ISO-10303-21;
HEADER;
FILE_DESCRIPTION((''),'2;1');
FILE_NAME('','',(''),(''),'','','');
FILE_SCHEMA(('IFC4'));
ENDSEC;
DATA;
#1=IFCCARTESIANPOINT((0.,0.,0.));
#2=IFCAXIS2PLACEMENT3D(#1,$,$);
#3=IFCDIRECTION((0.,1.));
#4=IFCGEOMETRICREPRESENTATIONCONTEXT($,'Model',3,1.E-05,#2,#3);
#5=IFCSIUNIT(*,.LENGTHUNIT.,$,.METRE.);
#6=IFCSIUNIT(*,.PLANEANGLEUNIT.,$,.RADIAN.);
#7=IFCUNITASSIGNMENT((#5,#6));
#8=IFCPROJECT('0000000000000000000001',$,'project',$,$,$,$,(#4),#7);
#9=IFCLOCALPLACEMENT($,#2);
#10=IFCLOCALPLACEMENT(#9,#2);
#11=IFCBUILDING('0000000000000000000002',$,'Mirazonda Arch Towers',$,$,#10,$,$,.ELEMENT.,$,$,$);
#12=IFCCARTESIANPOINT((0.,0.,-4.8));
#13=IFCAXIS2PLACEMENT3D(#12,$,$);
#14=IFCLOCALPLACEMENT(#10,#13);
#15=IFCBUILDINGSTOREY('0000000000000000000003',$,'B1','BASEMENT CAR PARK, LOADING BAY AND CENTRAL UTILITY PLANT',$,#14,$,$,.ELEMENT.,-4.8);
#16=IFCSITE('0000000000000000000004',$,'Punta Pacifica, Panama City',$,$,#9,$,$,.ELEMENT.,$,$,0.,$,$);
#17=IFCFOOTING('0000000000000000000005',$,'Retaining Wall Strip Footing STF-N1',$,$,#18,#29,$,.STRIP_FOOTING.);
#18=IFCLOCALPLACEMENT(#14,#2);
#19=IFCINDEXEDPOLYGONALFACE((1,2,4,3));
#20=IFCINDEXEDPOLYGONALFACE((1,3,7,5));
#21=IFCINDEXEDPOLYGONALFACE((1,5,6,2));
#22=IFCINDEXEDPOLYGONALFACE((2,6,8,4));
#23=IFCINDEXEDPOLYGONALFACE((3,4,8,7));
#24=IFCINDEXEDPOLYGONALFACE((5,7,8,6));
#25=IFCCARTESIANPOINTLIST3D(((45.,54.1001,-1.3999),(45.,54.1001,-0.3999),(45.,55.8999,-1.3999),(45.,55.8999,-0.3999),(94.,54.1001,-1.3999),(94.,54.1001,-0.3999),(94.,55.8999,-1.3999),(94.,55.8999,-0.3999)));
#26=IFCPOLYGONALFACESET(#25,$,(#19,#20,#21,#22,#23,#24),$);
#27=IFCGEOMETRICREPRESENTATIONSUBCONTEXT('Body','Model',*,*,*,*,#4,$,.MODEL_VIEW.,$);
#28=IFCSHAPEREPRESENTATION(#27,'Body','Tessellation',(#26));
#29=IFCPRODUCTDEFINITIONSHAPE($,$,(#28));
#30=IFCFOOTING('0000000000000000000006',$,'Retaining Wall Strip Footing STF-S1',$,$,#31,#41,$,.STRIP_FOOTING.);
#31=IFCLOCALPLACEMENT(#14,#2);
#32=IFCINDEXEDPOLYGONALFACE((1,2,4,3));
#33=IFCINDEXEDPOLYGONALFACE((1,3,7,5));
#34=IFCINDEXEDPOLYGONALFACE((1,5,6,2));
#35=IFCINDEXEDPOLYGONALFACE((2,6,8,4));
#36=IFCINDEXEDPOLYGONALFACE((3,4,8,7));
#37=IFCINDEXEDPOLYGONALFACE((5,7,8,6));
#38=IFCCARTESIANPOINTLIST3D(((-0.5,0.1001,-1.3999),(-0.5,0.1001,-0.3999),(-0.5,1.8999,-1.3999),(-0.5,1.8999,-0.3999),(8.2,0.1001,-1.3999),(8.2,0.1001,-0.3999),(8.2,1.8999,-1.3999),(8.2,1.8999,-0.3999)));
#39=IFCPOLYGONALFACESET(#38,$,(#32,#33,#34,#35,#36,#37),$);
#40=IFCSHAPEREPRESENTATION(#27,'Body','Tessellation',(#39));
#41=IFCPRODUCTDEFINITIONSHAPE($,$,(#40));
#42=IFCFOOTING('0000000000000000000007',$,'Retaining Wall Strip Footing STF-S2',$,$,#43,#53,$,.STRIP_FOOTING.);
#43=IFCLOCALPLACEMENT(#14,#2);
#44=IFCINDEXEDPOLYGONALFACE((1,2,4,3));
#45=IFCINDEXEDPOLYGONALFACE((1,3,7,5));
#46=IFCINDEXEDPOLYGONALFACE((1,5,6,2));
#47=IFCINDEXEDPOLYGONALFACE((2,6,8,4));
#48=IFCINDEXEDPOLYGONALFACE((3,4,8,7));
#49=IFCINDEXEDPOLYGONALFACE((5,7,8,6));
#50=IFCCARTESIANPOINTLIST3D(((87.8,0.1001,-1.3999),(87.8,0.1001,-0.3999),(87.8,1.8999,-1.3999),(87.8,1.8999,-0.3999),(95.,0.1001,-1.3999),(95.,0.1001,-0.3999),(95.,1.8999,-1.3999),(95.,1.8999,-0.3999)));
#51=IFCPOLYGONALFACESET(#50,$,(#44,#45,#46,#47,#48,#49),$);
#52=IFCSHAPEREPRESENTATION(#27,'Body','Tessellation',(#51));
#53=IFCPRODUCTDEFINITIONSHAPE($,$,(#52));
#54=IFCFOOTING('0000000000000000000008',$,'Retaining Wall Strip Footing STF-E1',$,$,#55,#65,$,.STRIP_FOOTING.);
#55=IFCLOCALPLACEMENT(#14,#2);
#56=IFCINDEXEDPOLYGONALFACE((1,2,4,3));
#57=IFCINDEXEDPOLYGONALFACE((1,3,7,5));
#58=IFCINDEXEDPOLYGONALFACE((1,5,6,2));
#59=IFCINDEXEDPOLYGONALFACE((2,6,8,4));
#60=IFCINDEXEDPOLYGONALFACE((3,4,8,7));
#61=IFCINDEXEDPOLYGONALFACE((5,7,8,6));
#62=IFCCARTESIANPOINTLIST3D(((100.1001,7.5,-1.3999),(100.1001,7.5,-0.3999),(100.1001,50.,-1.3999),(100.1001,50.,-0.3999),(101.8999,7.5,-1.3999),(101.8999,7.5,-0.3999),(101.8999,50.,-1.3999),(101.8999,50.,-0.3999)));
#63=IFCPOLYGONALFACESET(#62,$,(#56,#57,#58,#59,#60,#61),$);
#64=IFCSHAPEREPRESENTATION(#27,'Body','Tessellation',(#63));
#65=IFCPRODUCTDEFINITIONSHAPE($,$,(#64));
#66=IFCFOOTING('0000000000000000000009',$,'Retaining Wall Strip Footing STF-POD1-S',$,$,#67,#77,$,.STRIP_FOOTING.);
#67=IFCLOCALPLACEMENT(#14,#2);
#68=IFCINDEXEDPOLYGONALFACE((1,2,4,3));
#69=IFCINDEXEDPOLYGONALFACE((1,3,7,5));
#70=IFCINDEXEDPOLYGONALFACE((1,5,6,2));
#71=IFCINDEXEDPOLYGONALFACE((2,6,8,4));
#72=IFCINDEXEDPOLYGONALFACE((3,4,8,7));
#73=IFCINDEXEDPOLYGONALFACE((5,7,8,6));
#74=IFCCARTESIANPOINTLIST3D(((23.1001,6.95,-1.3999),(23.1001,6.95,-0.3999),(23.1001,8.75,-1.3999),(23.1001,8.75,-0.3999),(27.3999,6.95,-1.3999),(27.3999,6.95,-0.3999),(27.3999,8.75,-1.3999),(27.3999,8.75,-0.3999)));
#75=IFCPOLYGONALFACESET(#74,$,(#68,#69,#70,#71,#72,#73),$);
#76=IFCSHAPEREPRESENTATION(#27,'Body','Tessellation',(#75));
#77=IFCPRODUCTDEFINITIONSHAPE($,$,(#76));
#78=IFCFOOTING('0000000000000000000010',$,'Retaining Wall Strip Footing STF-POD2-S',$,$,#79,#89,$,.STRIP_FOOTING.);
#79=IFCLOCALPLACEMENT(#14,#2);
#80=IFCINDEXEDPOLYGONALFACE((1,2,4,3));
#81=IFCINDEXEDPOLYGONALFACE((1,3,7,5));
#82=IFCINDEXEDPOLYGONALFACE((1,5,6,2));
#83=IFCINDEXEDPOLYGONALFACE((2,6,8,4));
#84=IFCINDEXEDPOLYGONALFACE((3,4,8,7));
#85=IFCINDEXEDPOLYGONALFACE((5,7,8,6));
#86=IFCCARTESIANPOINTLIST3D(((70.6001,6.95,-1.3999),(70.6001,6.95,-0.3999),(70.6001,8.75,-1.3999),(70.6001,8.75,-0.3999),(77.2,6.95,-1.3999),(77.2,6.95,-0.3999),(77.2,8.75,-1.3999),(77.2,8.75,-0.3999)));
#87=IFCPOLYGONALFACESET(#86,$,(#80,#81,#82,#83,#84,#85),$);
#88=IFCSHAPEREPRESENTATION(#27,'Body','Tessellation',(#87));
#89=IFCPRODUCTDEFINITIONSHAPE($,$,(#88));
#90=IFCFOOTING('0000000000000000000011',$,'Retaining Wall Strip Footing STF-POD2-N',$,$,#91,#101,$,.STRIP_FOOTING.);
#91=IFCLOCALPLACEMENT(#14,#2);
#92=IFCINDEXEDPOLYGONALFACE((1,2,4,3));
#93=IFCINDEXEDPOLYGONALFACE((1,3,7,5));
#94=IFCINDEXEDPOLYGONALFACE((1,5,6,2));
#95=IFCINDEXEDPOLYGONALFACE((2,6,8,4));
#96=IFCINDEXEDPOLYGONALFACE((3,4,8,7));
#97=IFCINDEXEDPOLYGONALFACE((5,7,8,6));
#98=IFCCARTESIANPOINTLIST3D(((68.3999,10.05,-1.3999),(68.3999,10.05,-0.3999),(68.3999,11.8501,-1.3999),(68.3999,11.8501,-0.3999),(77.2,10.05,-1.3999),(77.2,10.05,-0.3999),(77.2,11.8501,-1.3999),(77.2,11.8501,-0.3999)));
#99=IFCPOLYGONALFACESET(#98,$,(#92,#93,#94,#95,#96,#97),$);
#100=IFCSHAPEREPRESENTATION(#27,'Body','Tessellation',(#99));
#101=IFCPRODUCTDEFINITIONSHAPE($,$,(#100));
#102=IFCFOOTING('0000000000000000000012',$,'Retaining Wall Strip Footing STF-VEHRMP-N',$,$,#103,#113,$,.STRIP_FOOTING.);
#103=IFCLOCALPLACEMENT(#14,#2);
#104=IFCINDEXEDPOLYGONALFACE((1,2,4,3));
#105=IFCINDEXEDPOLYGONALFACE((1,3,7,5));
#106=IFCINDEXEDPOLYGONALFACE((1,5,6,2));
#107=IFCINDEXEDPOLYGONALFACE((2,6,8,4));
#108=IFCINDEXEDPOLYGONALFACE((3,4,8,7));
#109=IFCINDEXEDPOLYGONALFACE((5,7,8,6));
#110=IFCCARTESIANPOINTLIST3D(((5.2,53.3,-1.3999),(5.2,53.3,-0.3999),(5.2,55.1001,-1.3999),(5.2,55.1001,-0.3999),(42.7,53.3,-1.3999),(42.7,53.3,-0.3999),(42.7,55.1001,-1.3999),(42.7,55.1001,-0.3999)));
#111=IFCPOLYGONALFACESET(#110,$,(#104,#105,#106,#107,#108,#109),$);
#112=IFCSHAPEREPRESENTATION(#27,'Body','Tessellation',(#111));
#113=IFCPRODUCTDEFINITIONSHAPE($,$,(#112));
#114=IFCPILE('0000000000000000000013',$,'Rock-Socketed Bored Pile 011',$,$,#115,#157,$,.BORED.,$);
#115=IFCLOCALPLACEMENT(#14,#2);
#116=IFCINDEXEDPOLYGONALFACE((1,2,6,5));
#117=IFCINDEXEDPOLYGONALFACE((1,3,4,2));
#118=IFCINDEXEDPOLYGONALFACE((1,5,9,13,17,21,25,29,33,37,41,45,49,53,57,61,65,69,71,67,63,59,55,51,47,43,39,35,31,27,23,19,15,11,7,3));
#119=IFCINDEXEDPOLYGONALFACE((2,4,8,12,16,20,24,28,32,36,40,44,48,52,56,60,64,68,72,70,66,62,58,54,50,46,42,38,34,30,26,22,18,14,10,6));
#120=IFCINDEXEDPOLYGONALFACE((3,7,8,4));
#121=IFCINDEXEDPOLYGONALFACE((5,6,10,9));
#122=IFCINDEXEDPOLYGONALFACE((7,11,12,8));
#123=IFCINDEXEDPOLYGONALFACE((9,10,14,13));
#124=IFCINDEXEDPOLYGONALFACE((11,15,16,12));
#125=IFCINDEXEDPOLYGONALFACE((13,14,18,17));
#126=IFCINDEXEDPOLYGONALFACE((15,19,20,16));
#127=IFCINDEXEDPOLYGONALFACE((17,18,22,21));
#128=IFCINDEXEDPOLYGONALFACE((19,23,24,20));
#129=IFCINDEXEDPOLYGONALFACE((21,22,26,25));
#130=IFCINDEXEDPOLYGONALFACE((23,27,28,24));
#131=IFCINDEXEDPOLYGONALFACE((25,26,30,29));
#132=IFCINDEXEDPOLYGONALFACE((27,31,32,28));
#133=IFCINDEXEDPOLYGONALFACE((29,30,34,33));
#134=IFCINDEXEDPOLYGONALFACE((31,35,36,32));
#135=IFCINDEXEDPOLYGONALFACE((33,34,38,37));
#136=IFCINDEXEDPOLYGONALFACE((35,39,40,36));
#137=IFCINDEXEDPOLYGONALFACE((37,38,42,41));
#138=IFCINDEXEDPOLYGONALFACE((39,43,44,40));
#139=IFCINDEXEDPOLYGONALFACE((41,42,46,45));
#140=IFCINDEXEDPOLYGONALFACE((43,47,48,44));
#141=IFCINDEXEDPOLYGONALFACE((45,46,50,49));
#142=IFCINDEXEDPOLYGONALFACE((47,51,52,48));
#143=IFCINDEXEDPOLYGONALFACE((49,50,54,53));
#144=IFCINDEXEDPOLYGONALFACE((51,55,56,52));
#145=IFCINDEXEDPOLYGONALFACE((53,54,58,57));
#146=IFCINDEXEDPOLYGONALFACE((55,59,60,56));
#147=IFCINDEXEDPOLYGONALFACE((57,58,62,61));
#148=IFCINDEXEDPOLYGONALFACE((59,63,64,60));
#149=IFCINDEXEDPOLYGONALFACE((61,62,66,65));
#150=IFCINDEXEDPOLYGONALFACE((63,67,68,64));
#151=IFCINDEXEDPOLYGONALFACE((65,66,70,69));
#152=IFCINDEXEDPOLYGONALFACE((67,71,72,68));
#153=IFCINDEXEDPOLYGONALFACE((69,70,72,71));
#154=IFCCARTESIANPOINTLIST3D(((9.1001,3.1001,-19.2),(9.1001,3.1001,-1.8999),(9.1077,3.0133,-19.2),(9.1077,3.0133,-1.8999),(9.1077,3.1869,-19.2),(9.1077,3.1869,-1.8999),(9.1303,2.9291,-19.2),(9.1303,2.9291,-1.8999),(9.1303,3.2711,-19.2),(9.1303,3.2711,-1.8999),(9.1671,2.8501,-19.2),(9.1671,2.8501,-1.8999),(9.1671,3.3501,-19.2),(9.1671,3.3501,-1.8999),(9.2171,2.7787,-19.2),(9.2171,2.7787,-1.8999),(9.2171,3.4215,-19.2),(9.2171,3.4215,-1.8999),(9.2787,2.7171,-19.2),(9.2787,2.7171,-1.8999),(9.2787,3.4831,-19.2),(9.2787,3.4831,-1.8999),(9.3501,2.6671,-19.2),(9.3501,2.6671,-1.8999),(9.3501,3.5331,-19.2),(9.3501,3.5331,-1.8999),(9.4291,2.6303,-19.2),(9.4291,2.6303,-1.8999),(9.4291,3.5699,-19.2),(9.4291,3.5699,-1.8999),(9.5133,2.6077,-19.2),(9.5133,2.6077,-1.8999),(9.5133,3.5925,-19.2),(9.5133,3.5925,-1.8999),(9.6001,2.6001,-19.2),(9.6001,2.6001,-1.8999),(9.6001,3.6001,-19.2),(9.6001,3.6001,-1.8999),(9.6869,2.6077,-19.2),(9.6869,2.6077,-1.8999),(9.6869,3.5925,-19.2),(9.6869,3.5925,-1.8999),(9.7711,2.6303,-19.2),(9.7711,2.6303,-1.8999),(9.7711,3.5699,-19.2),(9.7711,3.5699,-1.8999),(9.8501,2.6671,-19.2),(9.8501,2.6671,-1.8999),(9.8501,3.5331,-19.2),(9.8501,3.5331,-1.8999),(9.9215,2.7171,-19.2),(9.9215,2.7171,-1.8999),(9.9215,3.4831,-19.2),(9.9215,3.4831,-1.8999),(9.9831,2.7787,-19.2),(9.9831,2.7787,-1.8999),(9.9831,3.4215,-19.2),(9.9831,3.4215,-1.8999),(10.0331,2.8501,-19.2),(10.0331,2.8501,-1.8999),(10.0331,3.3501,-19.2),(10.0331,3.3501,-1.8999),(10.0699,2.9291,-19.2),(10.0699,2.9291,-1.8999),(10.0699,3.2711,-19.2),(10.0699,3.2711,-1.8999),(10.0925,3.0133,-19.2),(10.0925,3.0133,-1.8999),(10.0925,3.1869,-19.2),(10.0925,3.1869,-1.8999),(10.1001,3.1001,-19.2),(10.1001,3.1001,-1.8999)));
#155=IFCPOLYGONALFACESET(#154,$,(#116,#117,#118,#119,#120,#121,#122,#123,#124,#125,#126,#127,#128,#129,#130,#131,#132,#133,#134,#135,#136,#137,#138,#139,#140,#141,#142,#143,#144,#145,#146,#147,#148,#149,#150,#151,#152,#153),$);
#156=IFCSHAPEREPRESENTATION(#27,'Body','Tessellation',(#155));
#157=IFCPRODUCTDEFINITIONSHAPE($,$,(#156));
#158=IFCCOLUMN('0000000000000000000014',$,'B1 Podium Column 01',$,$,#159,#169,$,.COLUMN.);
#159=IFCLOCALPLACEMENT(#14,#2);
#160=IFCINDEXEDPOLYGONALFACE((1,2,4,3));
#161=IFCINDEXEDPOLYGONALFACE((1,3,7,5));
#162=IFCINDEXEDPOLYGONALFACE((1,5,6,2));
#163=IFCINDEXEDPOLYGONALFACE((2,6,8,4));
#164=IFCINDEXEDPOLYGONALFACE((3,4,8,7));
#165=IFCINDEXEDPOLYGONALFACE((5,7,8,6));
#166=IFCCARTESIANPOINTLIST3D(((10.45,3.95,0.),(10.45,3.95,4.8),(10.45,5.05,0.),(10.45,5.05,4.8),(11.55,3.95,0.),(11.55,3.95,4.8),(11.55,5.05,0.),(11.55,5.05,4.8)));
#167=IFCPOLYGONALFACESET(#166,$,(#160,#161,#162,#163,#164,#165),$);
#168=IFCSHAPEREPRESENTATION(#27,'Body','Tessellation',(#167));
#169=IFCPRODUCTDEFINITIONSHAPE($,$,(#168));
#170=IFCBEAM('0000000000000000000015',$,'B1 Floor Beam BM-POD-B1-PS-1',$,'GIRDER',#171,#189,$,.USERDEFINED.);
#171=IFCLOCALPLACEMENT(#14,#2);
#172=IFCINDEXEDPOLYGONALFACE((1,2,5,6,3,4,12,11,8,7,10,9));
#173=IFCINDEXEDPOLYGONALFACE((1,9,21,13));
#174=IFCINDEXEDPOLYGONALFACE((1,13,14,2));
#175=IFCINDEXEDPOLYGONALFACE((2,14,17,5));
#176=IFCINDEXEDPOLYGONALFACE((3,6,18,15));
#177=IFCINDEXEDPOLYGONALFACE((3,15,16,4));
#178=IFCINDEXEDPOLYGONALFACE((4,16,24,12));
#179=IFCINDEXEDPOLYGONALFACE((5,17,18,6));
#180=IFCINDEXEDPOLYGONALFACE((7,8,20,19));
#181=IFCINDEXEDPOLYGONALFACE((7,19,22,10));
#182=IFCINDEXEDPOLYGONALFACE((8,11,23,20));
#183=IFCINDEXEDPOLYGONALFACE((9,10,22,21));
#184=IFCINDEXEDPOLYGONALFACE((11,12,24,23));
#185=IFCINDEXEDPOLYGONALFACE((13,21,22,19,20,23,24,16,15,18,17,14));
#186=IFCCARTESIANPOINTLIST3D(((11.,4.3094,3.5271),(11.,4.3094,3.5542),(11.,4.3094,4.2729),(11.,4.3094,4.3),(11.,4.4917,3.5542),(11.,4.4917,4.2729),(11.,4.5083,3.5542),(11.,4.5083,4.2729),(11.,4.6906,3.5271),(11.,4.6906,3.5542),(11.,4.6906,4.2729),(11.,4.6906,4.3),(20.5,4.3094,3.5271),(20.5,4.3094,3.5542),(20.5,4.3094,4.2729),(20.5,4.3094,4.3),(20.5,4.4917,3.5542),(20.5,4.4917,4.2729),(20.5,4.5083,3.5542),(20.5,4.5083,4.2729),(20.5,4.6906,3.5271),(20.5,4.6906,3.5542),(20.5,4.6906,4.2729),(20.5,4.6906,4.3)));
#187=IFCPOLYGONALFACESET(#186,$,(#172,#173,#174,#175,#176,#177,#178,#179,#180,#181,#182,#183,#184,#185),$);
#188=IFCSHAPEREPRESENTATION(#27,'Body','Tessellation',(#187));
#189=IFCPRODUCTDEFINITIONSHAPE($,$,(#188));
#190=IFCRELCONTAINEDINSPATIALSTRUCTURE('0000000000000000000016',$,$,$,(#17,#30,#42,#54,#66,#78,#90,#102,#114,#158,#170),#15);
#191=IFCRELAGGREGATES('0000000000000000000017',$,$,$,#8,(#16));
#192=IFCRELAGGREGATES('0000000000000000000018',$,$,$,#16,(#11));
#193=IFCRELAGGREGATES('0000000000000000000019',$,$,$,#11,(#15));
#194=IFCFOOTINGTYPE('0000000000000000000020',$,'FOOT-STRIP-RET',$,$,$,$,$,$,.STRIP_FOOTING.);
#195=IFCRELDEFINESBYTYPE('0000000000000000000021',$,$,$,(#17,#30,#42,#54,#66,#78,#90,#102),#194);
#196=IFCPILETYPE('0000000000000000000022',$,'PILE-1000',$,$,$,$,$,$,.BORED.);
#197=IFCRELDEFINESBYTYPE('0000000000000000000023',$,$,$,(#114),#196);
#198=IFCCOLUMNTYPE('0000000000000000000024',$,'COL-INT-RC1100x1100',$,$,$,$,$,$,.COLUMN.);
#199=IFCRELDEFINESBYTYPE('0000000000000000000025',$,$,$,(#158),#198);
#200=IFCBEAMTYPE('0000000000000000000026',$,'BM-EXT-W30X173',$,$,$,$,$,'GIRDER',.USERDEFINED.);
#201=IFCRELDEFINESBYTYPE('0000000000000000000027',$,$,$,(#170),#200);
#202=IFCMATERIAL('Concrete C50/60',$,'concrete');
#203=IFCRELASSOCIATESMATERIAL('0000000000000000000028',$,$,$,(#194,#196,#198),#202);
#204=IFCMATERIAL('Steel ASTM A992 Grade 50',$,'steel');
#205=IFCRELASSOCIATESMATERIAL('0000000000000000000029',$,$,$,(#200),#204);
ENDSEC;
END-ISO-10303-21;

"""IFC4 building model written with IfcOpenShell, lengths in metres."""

from ifc_helpers import new_model, si_unit, direction, frame, origin, origin_2d, place, context, subcontext, project, spatial, polyline, rectangle, circle, i_section, outline, extrude, material, material_profile, profile_set, type_object, element, save


model = new_model("IFC4")

# Units and contexts
model_context = context("Model", 3, precision=1e-05, world=origin(), true_north=direction((0.0, 1.0)))
body_context = subcontext(model_context, "Body", "Model", "MODEL_VIEW")
ifc_project = project(units=[si_unit("LENGTHUNIT", "METRE"), si_unit("PLANEANGLEUNIT", "RADIAN")], contexts=[model_context])

# Site, building, storey
site_placement = place(None, origin())
site = spatial("IfcSite", under=ifc_project, at=site_placement, Name="Punta Pacifica, Panama City", CompositionType="ELEMENT", RefElevation=0.0)
building_placement = place(site_placement, origin())
building = spatial("IfcBuilding", under=site, at=building_placement, Name="Mirazonda Arch Towers", CompositionType="ELEMENT")
storey_placement = place(building_placement, frame((0.0, 0.0, -4.8)))
storey = spatial("IfcBuildingStorey", under=building, at=storey_placement, Name="B1", Description="BASEMENT CAR PARK, LOADING BAY AND CENTRAL UTILITY PLANT", CompositionType="ELEMENT", Elevation=-4.8)

# Footings
ifc_material_1 = material(Name="Concrete C50/60", Category="concrete")
footing_type = type_object("IfcFootingType", Name="FOOT-STRIP-RET", PredefinedType="STRIP_FOOTING", material=ifc_material_1)
footing_1_placement = place(storey_placement, frame((0.0, 0.0, -1.3999)))
element("IfcFooting", 1, at=footing_1_placement, inside=storey, type_object=footing_type, Name="Retaining Wall Strip Footing STF-N1", PredefinedType="STRIP_FOOTING", context=body_context, shape_type="SweptSolid", body=[
    extrude(outline(polyline([(45.0, 54.1001), (94.0, 54.1001), (94.0, 55.8999), (45.0, 55.8999), (45.0, 54.1001)])), origin(), (0.0, 0.0, 1.0), 1.0),
])
footing_2_placement = place(storey_placement, frame((0.0, 0.0, -1.3999)))
element("IfcFooting", 2, at=footing_2_placement, inside=storey, type_object=footing_type, Name="Retaining Wall Strip Footing STF-S1", PredefinedType="STRIP_FOOTING", context=body_context, shape_type="SweptSolid", body=[
    extrude(outline(polyline([(-0.5, 0.1001), (8.2, 0.1001), (8.2, 1.8999), (-0.5, 1.8999), (-0.5, 0.1001)])), origin(), (0.0, 0.0, 1.0), 1.0),
])
footing_3_placement = place(storey_placement, frame((0.0, 0.0, -1.3999)))
element("IfcFooting", 3, at=footing_3_placement, inside=storey, type_object=footing_type, Name="Retaining Wall Strip Footing STF-S2", PredefinedType="STRIP_FOOTING", context=body_context, shape_type="SweptSolid", body=[
    extrude(outline(polyline([(87.8, 0.1001), (95.0, 0.1001), (95.0, 1.8999), (87.8, 1.8999), (87.8, 0.1001)])), origin(), (0.0, 0.0, 1.0), 1.0),
])
footing_4_placement = place(storey_placement, frame((0.0, 0.0, -1.3999)))
element("IfcFooting", 4, at=footing_4_placement, inside=storey, type_object=footing_type, Name="Retaining Wall Strip Footing STF-E1", PredefinedType="STRIP_FOOTING", context=body_context, shape_type="SweptSolid", body=[
    extrude(outline(polyline([(100.1001, 7.5), (101.8999, 7.5), (101.8999, 50.0), (100.1001, 50.0), (100.1001, 7.5)])), origin(), (0.0, 0.0, 1.0), 1.0),
])
footing_5_placement = place(storey_placement, frame((0.0, 0.0, -1.3999)))
element("IfcFooting", 5, at=footing_5_placement, inside=storey, type_object=footing_type, Name="Retaining Wall Strip Footing STF-POD1-S", PredefinedType="STRIP_FOOTING", context=body_context, shape_type="SweptSolid", body=[
    extrude(outline(polyline([(23.1001, 6.95), (27.3999, 6.95), (27.3999, 8.75), (23.1001, 8.75), (23.1001, 6.95)])), origin(), (0.0, 0.0, 1.0), 1.0),
])
footing_6_placement = place(storey_placement, frame((0.0, 0.0, -1.3999)))
element("IfcFooting", 6, at=footing_6_placement, inside=storey, type_object=footing_type, Name="Retaining Wall Strip Footing STF-POD2-S", PredefinedType="STRIP_FOOTING", context=body_context, shape_type="SweptSolid", body=[
    extrude(outline(polyline([(70.6001, 6.95), (77.2, 6.95), (77.2, 8.75), (70.6001, 8.75), (70.6001, 6.95)])), origin(), (0.0, 0.0, 1.0), 1.0),
])
footing_7_placement = place(storey_placement, frame((0.0, 0.0, -1.3999)))
element("IfcFooting", 7, at=footing_7_placement, inside=storey, type_object=footing_type, Name="Retaining Wall Strip Footing STF-POD2-N", PredefinedType="STRIP_FOOTING", context=body_context, shape_type="SweptSolid", body=[
    extrude(outline(polyline([(68.3999, 10.05), (77.2, 10.05), (77.2, 11.8501), (68.3999, 11.8501), (68.3999, 10.05)])), origin(), (0.0, 0.0, 1.0), 1.0),
])
footing_8_placement = place(storey_placement, frame((0.0, 0.0, -1.3999)))
element("IfcFooting", 8, at=footing_8_placement, inside=storey, type_object=footing_type, Name="Retaining Wall Strip Footing STF-VEHRMP-N", PredefinedType="STRIP_FOOTING", context=body_context, shape_type="SweptSolid", body=[
    extrude(outline(polyline([(5.2, 53.3), (42.7, 53.3), (42.7, 55.1001), (5.2, 55.1001), (5.2, 53.3)])), origin(), (0.0, 0.0, 1.0), 1.0),
])

# Pile
ifc_material_profile_1 = material_profile(ifc_material_1, circle(Radius=0.5, at=origin_2d()), Name="BORED-D1000")
ifc_profile_set_1 = profile_set([ifc_material_profile_1], Name="Concrete C50/60")
pile_type = type_object("IfcPileType", Name="PILE-1000", PredefinedType="BORED", material=ifc_profile_set_1)
pile_placement = place(storey_placement, frame((9.6001, 3.1001, -1.8999), z_axis=(0.0, 0.0, -1.0), x_axis=(1.0, 0.0, 0.0)))
element("IfcPile", 9, at=pile_placement, inside=storey, type_object=pile_type, Name="Rock-Socketed Bored Pile 011", PredefinedType="BORED", context=body_context, shape_type="SweptSolid", body=[
    extrude(circle(Radius=0.5, at=origin_2d()), origin(), (0.0, 0.0, 1.0), 17.3),
])

# Column
ifc_material_profile_2 = material_profile(ifc_material_1, rectangle(XDim=1.1001, YDim=1.1001, at=origin_2d()), Name="RC1100x1100")
ifc_profile_set_2 = profile_set([ifc_material_profile_2], Name="Concrete C50/60")
column_type = type_object("IfcColumnType", Name="COL-INT-RC1100x1100", PredefinedType="COLUMN", material=ifc_profile_set_2)
column_placement = place(storey_placement, frame((11.0, 4.5, 0.0), z_axis=(0.0, 0.0, 1.0), x_axis=(1.0, 0.0, 0.0)))
element("IfcColumn", 10, at=column_placement, inside=storey, type_object=column_type, Name="B1 Podium Column 01", PredefinedType="COLUMN", context=body_context, shape_type="SweptSolid", body=[
    extrude(rectangle(XDim=1.1001, YDim=1.1001, at=origin_2d()), origin(), (0.0, 0.0, 1.0), 4.8),
])

# Beam
ifc_material_2 = material(Name="Steel ASTM A992 Grade 50", Category="steel")
ifc_material_profile_3 = material_profile(ifc_material_2, i_section(OverallWidth=0.3811, OverallDepth=0.7729, WebThickness=0.0166, FlangeThickness=0.0271, at=origin_2d()), Name="W30X173")
ifc_profile_set_3 = profile_set([ifc_material_profile_3], Name="Steel ASTM A992 Grade 50")
beam_type = type_object("IfcBeamType", Name="BM-EXT-W30X173", ElementType="GIRDER", PredefinedType="USERDEFINED", material=ifc_profile_set_3)
beam_placement = place(storey_placement, frame((11.0, 4.5, 3.9136), z_axis=(1.0, 0.0, 0.0), x_axis=(0.0, 1.0, 0.0)))
element("IfcBeam", 11, at=beam_placement, inside=storey, type_object=beam_type, Name="B1 Floor Beam BM-POD-B1-PS-1", ObjectType="GIRDER", PredefinedType="USERDEFINED", context=body_context, shape_type="SweptSolid", body=[
    extrude(i_section(OverallWidth=0.3811, OverallDepth=0.7729, WebThickness=0.0166, FlangeThickness=0.0271, at=origin_2d()), origin(), (0.0, 0.0, 1.0), 9.5),
])

save(model, "model.ifc")
